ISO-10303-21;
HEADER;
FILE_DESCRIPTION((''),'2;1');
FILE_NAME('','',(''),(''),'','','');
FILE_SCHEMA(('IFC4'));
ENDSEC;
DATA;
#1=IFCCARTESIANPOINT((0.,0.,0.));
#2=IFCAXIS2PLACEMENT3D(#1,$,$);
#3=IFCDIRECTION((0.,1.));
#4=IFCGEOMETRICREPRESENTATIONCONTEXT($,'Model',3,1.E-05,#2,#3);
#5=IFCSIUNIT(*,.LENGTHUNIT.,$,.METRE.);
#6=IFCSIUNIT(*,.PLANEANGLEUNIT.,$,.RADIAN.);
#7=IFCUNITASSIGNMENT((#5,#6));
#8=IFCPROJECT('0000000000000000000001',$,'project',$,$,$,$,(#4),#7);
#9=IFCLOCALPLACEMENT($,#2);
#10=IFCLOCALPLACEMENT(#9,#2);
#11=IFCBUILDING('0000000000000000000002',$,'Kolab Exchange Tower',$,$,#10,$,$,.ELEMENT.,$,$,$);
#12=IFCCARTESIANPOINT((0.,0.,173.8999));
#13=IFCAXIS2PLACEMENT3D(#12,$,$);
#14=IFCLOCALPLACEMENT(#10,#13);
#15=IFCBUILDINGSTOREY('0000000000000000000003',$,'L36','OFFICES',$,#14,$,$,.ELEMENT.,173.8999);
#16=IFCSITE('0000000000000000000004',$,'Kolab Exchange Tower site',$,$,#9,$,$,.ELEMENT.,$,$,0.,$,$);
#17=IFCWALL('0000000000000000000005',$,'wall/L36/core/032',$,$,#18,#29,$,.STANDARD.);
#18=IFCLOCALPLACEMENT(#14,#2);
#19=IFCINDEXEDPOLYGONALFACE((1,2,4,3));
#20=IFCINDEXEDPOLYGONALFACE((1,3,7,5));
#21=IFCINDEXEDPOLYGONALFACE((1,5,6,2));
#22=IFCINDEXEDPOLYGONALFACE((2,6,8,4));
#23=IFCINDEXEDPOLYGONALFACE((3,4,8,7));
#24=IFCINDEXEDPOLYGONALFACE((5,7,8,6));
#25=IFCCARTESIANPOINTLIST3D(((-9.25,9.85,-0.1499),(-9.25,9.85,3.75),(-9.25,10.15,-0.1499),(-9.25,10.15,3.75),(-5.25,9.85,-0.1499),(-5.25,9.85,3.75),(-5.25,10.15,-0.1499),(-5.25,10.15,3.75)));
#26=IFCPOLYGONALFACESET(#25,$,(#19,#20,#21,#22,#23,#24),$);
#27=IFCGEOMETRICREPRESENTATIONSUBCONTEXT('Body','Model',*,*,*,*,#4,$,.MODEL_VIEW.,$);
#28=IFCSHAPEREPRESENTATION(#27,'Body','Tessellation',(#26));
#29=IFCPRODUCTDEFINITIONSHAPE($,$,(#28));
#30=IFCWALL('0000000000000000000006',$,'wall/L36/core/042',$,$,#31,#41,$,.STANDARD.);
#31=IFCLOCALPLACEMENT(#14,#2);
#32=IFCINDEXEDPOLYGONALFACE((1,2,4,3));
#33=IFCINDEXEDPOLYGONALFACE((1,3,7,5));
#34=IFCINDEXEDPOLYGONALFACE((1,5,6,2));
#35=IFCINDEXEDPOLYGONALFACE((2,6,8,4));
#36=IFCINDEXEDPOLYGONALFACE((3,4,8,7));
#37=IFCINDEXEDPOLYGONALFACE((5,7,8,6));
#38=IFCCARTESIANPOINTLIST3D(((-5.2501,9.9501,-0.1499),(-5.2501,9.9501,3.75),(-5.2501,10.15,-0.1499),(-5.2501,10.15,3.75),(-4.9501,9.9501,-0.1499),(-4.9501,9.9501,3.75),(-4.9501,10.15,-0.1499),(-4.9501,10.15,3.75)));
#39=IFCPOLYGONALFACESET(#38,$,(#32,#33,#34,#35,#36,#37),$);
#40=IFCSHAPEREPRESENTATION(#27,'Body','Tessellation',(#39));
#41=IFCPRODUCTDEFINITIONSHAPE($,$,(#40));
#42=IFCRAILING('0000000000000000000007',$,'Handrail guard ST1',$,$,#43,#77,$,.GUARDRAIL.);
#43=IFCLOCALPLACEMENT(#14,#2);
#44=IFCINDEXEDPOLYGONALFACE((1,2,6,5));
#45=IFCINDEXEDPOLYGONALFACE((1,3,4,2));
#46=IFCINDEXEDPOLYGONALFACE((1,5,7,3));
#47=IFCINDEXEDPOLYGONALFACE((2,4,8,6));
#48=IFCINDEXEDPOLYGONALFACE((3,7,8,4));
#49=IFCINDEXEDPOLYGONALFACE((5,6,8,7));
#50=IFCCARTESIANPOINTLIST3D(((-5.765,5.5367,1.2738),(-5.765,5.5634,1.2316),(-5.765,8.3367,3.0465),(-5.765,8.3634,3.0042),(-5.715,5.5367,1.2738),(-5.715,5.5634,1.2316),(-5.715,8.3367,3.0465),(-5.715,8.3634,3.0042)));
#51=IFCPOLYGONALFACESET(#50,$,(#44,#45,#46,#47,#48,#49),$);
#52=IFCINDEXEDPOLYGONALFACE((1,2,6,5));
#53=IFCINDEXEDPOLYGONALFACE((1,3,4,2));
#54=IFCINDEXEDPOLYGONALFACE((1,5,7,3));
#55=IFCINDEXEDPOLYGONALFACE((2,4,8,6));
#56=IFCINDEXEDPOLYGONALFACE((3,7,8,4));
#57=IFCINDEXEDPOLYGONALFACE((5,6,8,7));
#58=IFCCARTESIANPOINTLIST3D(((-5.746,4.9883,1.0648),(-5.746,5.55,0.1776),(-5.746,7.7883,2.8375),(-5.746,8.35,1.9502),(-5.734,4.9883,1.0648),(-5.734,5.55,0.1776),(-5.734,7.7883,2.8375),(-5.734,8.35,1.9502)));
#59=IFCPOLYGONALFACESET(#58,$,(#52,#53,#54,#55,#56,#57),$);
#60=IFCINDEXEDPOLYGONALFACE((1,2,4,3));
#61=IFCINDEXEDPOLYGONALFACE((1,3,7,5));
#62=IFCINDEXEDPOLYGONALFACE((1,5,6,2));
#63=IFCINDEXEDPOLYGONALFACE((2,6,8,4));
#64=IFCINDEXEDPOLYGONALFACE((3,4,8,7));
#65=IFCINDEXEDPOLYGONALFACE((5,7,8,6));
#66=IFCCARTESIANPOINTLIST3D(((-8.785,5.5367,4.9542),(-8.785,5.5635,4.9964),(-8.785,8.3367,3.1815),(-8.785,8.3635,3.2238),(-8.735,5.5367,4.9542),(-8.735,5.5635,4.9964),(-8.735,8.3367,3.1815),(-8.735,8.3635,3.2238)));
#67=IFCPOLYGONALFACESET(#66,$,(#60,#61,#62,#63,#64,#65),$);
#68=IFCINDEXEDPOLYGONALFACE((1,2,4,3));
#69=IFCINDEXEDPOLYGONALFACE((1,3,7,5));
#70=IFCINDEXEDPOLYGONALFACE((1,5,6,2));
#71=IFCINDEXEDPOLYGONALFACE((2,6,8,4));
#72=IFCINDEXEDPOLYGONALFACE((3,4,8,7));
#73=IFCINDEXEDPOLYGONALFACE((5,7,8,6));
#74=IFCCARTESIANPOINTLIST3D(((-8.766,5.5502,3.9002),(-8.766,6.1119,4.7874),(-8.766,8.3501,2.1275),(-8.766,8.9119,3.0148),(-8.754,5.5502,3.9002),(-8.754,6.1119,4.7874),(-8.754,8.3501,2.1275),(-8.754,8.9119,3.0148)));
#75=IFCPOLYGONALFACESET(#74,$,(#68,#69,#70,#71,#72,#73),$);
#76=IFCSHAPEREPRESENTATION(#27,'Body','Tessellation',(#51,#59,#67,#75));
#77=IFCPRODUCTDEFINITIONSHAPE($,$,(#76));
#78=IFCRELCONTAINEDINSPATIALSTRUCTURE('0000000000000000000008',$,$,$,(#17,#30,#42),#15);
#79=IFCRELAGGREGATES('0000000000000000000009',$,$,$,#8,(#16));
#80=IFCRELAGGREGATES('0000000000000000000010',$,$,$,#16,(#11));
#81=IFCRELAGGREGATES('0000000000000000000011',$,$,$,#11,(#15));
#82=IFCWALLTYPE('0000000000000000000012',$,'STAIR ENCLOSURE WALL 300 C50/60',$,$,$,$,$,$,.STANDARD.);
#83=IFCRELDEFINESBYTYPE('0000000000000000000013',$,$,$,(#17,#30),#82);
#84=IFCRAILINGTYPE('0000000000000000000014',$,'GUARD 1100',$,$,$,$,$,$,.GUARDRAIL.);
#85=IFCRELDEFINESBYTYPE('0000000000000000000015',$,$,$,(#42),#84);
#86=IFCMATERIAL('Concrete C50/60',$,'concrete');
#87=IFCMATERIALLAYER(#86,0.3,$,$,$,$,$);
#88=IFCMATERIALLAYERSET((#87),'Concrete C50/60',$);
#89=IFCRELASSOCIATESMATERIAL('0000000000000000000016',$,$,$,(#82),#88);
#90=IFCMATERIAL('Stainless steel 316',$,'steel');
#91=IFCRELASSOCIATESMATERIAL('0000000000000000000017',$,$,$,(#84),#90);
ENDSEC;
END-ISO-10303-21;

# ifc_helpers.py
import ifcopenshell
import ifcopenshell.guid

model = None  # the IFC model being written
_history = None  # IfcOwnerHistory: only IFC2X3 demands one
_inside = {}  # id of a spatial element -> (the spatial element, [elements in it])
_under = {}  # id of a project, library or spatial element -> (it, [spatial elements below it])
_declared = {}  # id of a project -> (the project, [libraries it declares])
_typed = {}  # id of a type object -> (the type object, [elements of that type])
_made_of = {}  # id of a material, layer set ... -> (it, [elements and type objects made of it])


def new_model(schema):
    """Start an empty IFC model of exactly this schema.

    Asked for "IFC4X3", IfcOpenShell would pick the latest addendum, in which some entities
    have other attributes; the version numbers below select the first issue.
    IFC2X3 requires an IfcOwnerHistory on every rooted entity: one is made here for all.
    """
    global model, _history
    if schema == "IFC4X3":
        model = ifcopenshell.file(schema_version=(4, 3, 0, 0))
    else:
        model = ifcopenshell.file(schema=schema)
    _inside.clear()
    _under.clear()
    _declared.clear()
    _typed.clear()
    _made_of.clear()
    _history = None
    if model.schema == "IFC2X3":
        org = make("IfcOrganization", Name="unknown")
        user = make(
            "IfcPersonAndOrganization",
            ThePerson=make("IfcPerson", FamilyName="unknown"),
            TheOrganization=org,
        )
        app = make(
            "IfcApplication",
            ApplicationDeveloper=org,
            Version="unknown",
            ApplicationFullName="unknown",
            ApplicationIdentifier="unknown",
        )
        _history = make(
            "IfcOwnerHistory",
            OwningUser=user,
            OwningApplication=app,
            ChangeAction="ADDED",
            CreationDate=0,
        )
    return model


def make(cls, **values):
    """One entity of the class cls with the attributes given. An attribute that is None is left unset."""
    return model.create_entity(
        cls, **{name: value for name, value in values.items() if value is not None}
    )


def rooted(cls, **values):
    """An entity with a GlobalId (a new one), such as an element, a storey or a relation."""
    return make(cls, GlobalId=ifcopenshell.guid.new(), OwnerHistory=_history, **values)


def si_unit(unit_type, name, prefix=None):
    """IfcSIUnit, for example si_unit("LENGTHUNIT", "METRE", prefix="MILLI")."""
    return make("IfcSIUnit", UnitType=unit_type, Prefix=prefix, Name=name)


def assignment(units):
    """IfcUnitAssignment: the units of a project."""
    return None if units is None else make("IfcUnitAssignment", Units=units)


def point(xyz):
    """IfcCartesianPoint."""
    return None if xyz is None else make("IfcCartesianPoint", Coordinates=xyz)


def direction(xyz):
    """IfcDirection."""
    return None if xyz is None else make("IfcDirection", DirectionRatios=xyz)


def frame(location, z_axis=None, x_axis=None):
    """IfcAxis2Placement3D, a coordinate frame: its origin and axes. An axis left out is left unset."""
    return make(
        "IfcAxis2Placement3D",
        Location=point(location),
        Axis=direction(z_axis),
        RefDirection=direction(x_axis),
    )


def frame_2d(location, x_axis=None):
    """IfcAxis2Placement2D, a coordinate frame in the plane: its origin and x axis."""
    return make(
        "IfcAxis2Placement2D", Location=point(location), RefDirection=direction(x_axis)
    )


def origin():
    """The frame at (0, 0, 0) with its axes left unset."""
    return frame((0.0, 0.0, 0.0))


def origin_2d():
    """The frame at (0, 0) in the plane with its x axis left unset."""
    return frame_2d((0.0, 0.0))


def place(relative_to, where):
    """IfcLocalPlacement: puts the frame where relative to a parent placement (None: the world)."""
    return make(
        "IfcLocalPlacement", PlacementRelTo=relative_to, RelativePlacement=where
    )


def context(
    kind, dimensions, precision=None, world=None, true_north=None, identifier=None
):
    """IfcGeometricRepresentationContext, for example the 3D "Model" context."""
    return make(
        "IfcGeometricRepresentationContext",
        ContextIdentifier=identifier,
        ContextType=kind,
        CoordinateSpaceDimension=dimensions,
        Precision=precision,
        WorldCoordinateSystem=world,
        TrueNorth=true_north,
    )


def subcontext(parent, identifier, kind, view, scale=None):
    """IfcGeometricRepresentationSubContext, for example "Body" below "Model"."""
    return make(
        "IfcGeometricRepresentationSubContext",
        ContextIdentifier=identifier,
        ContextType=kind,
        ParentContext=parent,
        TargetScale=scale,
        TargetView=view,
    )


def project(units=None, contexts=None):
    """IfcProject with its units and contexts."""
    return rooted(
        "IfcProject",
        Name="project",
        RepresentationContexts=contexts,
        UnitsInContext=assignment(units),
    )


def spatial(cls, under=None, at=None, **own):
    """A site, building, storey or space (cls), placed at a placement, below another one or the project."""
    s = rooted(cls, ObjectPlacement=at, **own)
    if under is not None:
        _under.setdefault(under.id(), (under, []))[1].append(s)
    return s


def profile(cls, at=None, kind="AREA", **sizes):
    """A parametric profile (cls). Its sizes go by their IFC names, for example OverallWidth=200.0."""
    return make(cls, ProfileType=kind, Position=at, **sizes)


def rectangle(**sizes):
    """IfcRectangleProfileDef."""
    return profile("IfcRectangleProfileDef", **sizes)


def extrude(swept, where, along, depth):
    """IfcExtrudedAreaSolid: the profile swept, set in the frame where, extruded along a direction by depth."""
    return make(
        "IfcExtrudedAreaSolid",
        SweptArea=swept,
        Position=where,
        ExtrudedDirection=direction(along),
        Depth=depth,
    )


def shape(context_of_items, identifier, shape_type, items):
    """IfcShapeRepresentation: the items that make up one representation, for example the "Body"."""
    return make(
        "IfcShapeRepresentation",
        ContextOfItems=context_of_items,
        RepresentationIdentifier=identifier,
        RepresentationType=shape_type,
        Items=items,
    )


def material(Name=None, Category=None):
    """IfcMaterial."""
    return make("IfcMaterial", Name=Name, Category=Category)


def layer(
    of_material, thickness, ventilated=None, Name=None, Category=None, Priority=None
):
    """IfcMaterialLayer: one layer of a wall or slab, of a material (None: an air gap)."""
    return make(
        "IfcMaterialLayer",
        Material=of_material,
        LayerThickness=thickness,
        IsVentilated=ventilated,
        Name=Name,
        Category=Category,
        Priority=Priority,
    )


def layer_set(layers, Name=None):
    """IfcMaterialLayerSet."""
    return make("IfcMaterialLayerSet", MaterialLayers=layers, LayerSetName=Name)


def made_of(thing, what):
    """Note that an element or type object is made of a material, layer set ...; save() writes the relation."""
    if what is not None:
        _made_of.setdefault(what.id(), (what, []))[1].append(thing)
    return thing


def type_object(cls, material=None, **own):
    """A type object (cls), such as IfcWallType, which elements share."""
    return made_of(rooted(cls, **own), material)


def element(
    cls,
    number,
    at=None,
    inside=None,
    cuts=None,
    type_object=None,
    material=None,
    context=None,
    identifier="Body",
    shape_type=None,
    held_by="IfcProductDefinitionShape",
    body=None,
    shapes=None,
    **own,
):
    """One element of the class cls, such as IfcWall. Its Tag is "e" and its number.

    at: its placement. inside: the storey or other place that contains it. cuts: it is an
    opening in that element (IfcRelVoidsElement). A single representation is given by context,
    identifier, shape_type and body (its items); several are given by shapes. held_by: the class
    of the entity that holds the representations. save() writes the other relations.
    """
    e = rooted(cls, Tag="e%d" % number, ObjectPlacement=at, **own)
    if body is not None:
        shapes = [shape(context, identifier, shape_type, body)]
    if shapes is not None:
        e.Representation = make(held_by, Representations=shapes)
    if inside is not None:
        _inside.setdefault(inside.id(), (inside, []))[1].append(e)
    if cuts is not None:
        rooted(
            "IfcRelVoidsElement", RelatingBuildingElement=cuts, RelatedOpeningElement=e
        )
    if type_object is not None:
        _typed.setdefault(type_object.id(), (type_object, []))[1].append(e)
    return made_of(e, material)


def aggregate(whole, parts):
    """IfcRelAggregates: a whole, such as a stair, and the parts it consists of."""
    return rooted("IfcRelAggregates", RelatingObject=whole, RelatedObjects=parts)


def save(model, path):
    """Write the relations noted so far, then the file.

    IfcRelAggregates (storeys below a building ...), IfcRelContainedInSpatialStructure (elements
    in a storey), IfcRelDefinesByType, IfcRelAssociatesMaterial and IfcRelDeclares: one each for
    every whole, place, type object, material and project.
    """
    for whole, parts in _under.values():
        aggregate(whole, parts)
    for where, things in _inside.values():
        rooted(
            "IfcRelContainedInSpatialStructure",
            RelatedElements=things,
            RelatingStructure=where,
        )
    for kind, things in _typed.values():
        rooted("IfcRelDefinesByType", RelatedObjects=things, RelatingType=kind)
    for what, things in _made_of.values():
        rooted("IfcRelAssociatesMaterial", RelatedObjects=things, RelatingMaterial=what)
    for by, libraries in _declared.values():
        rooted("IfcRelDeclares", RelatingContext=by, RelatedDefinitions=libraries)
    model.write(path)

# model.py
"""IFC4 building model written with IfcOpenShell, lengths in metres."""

from ifc_helpers import new_model, si_unit, direction, frame, frame_2d, origin, origin_2d, place, context, subcontext, project, spatial, rectangle, extrude, material, layer, layer_set, type_object, element, save


model = new_model("IFC4")

# Units and contexts
model_context = context("Model", 3, precision=1e-05, world=origin(), true_north=direction((0.0, 1.0)))
body_context = subcontext(model_context, "Body", "Model", "MODEL_VIEW")
ifc_project = project(units=[si_unit("LENGTHUNIT", "METRE"), si_unit("PLANEANGLEUNIT", "RADIAN")], contexts=[model_context])

# Site, building, storey
site_placement = place(None, origin())
site = spatial("IfcSite", under=ifc_project, at=site_placement, Name="Kolab Exchange Tower site", CompositionType="ELEMENT", RefElevation=0.0)
building_placement = place(site_placement, origin())
building = spatial("IfcBuilding", under=site, at=building_placement, Name="Kolab Exchange Tower", CompositionType="ELEMENT")
storey_placement = place(building_placement, frame((0.0, 0.0, 173.8999)))
storey = spatial("IfcBuildingStorey", under=building, at=storey_placement, Name="L36", Description="OFFICES", CompositionType="ELEMENT", Elevation=173.8999)

# Shared definitions
ifc_material_1 = material(Name="Concrete C50/60", Category="concrete")
ifc_material_2 = material(Name="Stainless steel 316", Category="steel")

# Walls
ifc_layer_1 = layer(ifc_material_1, 0.3)
ifc_layer_set_1 = layer_set([ifc_layer_1], Name="Concrete C50/60")
wall_type_1 = type_object("IfcWallType", Name="STAIR ENCLOSURE WALL 300 C50/60", PredefinedType="STANDARD", material=ifc_layer_set_1)
wall_1_placement = place(storey_placement, frame((-9.25, 10.0, -0.1499), z_axis=(0.0, 0.0, 1.0), x_axis=(1.0, 0.0, 0.0)))
element("IfcWall", 1, at=wall_1_placement, inside=storey, type_object=wall_type_1, Name="wall/L36/core/032", PredefinedType="STANDARD", context=body_context, shape_type="SweptSolid", body=[
    extrude(rectangle(XDim=4.0, YDim=0.3, at=frame_2d((2.0, 0.0))), origin(), (0.0, 0.0, 1.0), 3.8999),
])
wall_2_placement = place(storey_placement, frame((-5.1001, 9.95, -0.1499), z_axis=(0.0, 0.0, 1.0), x_axis=(0.0, 1.0, 0.0)))
element("IfcWall", 2, at=wall_2_placement, inside=storey, type_object=wall_type_1, Name="wall/L36/core/042", PredefinedType="STANDARD", context=body_context, shape_type="SweptSolid", body=[
    extrude(rectangle(XDim=0.2, YDim=0.3, at=frame_2d((0.1001, 0.0))), origin(), (0.0, 0.0, 1.0), 3.8999),
])

# Railing
railing_type = type_object("IfcRailingType", Name="GUARD 1100", PredefinedType="GUARDRAIL", material=ifc_material_2)
railing_placement = place(storey_placement, frame((-5.74, 5.55, 0.1775)))
element("IfcRailing", 3, at=railing_placement, inside=storey, type_object=railing_type, Name="Handrail guard ST1", PredefinedType="GUARDRAIL", context=body_context, shape_type="SweptSolid", body=[
    extrude(rectangle(XDim=0.05, YDim=0.05, at=origin_2d()), frame((0.0, 0.0, 1.0752), z_axis=(0.0, 0.844909, 0.53491), x_axis=(-1.0, 0.0, 0.0)), (0.0, 0.0, 1.0), 3.314),
    extrude(rectangle(XDim=0.012, YDim=1.0501, at=frame_2d((0.0, 0.5251))), frame((0.0, 0.0, 0.0), z_axis=(0.0, 0.844909, 0.53491), x_axis=(-1.0, 0.0, 0.0)), (0.0, 0.0, 1.0), 3.314),
    extrude(rectangle(XDim=0.05, YDim=0.05, at=origin_2d()), frame((-3.02, 2.8, 3.0251), z_axis=(0.0, -0.844909, 0.53491), x_axis=(1.0, 0.0, 0.0)), (0.0, 0.0, 1.0), 3.314),
    extrude(rectangle(XDim=0.012, YDim=1.0501, at=frame_2d((0.0, 0.5251))), frame((-3.02, 2.8, 1.95), z_axis=(0.0, -0.844909, 0.53491), x_axis=(1.0, 0.0, 0.0)), (0.0, 0.0, 1.0), 3.314),
])

save(model, "model.ifc")
